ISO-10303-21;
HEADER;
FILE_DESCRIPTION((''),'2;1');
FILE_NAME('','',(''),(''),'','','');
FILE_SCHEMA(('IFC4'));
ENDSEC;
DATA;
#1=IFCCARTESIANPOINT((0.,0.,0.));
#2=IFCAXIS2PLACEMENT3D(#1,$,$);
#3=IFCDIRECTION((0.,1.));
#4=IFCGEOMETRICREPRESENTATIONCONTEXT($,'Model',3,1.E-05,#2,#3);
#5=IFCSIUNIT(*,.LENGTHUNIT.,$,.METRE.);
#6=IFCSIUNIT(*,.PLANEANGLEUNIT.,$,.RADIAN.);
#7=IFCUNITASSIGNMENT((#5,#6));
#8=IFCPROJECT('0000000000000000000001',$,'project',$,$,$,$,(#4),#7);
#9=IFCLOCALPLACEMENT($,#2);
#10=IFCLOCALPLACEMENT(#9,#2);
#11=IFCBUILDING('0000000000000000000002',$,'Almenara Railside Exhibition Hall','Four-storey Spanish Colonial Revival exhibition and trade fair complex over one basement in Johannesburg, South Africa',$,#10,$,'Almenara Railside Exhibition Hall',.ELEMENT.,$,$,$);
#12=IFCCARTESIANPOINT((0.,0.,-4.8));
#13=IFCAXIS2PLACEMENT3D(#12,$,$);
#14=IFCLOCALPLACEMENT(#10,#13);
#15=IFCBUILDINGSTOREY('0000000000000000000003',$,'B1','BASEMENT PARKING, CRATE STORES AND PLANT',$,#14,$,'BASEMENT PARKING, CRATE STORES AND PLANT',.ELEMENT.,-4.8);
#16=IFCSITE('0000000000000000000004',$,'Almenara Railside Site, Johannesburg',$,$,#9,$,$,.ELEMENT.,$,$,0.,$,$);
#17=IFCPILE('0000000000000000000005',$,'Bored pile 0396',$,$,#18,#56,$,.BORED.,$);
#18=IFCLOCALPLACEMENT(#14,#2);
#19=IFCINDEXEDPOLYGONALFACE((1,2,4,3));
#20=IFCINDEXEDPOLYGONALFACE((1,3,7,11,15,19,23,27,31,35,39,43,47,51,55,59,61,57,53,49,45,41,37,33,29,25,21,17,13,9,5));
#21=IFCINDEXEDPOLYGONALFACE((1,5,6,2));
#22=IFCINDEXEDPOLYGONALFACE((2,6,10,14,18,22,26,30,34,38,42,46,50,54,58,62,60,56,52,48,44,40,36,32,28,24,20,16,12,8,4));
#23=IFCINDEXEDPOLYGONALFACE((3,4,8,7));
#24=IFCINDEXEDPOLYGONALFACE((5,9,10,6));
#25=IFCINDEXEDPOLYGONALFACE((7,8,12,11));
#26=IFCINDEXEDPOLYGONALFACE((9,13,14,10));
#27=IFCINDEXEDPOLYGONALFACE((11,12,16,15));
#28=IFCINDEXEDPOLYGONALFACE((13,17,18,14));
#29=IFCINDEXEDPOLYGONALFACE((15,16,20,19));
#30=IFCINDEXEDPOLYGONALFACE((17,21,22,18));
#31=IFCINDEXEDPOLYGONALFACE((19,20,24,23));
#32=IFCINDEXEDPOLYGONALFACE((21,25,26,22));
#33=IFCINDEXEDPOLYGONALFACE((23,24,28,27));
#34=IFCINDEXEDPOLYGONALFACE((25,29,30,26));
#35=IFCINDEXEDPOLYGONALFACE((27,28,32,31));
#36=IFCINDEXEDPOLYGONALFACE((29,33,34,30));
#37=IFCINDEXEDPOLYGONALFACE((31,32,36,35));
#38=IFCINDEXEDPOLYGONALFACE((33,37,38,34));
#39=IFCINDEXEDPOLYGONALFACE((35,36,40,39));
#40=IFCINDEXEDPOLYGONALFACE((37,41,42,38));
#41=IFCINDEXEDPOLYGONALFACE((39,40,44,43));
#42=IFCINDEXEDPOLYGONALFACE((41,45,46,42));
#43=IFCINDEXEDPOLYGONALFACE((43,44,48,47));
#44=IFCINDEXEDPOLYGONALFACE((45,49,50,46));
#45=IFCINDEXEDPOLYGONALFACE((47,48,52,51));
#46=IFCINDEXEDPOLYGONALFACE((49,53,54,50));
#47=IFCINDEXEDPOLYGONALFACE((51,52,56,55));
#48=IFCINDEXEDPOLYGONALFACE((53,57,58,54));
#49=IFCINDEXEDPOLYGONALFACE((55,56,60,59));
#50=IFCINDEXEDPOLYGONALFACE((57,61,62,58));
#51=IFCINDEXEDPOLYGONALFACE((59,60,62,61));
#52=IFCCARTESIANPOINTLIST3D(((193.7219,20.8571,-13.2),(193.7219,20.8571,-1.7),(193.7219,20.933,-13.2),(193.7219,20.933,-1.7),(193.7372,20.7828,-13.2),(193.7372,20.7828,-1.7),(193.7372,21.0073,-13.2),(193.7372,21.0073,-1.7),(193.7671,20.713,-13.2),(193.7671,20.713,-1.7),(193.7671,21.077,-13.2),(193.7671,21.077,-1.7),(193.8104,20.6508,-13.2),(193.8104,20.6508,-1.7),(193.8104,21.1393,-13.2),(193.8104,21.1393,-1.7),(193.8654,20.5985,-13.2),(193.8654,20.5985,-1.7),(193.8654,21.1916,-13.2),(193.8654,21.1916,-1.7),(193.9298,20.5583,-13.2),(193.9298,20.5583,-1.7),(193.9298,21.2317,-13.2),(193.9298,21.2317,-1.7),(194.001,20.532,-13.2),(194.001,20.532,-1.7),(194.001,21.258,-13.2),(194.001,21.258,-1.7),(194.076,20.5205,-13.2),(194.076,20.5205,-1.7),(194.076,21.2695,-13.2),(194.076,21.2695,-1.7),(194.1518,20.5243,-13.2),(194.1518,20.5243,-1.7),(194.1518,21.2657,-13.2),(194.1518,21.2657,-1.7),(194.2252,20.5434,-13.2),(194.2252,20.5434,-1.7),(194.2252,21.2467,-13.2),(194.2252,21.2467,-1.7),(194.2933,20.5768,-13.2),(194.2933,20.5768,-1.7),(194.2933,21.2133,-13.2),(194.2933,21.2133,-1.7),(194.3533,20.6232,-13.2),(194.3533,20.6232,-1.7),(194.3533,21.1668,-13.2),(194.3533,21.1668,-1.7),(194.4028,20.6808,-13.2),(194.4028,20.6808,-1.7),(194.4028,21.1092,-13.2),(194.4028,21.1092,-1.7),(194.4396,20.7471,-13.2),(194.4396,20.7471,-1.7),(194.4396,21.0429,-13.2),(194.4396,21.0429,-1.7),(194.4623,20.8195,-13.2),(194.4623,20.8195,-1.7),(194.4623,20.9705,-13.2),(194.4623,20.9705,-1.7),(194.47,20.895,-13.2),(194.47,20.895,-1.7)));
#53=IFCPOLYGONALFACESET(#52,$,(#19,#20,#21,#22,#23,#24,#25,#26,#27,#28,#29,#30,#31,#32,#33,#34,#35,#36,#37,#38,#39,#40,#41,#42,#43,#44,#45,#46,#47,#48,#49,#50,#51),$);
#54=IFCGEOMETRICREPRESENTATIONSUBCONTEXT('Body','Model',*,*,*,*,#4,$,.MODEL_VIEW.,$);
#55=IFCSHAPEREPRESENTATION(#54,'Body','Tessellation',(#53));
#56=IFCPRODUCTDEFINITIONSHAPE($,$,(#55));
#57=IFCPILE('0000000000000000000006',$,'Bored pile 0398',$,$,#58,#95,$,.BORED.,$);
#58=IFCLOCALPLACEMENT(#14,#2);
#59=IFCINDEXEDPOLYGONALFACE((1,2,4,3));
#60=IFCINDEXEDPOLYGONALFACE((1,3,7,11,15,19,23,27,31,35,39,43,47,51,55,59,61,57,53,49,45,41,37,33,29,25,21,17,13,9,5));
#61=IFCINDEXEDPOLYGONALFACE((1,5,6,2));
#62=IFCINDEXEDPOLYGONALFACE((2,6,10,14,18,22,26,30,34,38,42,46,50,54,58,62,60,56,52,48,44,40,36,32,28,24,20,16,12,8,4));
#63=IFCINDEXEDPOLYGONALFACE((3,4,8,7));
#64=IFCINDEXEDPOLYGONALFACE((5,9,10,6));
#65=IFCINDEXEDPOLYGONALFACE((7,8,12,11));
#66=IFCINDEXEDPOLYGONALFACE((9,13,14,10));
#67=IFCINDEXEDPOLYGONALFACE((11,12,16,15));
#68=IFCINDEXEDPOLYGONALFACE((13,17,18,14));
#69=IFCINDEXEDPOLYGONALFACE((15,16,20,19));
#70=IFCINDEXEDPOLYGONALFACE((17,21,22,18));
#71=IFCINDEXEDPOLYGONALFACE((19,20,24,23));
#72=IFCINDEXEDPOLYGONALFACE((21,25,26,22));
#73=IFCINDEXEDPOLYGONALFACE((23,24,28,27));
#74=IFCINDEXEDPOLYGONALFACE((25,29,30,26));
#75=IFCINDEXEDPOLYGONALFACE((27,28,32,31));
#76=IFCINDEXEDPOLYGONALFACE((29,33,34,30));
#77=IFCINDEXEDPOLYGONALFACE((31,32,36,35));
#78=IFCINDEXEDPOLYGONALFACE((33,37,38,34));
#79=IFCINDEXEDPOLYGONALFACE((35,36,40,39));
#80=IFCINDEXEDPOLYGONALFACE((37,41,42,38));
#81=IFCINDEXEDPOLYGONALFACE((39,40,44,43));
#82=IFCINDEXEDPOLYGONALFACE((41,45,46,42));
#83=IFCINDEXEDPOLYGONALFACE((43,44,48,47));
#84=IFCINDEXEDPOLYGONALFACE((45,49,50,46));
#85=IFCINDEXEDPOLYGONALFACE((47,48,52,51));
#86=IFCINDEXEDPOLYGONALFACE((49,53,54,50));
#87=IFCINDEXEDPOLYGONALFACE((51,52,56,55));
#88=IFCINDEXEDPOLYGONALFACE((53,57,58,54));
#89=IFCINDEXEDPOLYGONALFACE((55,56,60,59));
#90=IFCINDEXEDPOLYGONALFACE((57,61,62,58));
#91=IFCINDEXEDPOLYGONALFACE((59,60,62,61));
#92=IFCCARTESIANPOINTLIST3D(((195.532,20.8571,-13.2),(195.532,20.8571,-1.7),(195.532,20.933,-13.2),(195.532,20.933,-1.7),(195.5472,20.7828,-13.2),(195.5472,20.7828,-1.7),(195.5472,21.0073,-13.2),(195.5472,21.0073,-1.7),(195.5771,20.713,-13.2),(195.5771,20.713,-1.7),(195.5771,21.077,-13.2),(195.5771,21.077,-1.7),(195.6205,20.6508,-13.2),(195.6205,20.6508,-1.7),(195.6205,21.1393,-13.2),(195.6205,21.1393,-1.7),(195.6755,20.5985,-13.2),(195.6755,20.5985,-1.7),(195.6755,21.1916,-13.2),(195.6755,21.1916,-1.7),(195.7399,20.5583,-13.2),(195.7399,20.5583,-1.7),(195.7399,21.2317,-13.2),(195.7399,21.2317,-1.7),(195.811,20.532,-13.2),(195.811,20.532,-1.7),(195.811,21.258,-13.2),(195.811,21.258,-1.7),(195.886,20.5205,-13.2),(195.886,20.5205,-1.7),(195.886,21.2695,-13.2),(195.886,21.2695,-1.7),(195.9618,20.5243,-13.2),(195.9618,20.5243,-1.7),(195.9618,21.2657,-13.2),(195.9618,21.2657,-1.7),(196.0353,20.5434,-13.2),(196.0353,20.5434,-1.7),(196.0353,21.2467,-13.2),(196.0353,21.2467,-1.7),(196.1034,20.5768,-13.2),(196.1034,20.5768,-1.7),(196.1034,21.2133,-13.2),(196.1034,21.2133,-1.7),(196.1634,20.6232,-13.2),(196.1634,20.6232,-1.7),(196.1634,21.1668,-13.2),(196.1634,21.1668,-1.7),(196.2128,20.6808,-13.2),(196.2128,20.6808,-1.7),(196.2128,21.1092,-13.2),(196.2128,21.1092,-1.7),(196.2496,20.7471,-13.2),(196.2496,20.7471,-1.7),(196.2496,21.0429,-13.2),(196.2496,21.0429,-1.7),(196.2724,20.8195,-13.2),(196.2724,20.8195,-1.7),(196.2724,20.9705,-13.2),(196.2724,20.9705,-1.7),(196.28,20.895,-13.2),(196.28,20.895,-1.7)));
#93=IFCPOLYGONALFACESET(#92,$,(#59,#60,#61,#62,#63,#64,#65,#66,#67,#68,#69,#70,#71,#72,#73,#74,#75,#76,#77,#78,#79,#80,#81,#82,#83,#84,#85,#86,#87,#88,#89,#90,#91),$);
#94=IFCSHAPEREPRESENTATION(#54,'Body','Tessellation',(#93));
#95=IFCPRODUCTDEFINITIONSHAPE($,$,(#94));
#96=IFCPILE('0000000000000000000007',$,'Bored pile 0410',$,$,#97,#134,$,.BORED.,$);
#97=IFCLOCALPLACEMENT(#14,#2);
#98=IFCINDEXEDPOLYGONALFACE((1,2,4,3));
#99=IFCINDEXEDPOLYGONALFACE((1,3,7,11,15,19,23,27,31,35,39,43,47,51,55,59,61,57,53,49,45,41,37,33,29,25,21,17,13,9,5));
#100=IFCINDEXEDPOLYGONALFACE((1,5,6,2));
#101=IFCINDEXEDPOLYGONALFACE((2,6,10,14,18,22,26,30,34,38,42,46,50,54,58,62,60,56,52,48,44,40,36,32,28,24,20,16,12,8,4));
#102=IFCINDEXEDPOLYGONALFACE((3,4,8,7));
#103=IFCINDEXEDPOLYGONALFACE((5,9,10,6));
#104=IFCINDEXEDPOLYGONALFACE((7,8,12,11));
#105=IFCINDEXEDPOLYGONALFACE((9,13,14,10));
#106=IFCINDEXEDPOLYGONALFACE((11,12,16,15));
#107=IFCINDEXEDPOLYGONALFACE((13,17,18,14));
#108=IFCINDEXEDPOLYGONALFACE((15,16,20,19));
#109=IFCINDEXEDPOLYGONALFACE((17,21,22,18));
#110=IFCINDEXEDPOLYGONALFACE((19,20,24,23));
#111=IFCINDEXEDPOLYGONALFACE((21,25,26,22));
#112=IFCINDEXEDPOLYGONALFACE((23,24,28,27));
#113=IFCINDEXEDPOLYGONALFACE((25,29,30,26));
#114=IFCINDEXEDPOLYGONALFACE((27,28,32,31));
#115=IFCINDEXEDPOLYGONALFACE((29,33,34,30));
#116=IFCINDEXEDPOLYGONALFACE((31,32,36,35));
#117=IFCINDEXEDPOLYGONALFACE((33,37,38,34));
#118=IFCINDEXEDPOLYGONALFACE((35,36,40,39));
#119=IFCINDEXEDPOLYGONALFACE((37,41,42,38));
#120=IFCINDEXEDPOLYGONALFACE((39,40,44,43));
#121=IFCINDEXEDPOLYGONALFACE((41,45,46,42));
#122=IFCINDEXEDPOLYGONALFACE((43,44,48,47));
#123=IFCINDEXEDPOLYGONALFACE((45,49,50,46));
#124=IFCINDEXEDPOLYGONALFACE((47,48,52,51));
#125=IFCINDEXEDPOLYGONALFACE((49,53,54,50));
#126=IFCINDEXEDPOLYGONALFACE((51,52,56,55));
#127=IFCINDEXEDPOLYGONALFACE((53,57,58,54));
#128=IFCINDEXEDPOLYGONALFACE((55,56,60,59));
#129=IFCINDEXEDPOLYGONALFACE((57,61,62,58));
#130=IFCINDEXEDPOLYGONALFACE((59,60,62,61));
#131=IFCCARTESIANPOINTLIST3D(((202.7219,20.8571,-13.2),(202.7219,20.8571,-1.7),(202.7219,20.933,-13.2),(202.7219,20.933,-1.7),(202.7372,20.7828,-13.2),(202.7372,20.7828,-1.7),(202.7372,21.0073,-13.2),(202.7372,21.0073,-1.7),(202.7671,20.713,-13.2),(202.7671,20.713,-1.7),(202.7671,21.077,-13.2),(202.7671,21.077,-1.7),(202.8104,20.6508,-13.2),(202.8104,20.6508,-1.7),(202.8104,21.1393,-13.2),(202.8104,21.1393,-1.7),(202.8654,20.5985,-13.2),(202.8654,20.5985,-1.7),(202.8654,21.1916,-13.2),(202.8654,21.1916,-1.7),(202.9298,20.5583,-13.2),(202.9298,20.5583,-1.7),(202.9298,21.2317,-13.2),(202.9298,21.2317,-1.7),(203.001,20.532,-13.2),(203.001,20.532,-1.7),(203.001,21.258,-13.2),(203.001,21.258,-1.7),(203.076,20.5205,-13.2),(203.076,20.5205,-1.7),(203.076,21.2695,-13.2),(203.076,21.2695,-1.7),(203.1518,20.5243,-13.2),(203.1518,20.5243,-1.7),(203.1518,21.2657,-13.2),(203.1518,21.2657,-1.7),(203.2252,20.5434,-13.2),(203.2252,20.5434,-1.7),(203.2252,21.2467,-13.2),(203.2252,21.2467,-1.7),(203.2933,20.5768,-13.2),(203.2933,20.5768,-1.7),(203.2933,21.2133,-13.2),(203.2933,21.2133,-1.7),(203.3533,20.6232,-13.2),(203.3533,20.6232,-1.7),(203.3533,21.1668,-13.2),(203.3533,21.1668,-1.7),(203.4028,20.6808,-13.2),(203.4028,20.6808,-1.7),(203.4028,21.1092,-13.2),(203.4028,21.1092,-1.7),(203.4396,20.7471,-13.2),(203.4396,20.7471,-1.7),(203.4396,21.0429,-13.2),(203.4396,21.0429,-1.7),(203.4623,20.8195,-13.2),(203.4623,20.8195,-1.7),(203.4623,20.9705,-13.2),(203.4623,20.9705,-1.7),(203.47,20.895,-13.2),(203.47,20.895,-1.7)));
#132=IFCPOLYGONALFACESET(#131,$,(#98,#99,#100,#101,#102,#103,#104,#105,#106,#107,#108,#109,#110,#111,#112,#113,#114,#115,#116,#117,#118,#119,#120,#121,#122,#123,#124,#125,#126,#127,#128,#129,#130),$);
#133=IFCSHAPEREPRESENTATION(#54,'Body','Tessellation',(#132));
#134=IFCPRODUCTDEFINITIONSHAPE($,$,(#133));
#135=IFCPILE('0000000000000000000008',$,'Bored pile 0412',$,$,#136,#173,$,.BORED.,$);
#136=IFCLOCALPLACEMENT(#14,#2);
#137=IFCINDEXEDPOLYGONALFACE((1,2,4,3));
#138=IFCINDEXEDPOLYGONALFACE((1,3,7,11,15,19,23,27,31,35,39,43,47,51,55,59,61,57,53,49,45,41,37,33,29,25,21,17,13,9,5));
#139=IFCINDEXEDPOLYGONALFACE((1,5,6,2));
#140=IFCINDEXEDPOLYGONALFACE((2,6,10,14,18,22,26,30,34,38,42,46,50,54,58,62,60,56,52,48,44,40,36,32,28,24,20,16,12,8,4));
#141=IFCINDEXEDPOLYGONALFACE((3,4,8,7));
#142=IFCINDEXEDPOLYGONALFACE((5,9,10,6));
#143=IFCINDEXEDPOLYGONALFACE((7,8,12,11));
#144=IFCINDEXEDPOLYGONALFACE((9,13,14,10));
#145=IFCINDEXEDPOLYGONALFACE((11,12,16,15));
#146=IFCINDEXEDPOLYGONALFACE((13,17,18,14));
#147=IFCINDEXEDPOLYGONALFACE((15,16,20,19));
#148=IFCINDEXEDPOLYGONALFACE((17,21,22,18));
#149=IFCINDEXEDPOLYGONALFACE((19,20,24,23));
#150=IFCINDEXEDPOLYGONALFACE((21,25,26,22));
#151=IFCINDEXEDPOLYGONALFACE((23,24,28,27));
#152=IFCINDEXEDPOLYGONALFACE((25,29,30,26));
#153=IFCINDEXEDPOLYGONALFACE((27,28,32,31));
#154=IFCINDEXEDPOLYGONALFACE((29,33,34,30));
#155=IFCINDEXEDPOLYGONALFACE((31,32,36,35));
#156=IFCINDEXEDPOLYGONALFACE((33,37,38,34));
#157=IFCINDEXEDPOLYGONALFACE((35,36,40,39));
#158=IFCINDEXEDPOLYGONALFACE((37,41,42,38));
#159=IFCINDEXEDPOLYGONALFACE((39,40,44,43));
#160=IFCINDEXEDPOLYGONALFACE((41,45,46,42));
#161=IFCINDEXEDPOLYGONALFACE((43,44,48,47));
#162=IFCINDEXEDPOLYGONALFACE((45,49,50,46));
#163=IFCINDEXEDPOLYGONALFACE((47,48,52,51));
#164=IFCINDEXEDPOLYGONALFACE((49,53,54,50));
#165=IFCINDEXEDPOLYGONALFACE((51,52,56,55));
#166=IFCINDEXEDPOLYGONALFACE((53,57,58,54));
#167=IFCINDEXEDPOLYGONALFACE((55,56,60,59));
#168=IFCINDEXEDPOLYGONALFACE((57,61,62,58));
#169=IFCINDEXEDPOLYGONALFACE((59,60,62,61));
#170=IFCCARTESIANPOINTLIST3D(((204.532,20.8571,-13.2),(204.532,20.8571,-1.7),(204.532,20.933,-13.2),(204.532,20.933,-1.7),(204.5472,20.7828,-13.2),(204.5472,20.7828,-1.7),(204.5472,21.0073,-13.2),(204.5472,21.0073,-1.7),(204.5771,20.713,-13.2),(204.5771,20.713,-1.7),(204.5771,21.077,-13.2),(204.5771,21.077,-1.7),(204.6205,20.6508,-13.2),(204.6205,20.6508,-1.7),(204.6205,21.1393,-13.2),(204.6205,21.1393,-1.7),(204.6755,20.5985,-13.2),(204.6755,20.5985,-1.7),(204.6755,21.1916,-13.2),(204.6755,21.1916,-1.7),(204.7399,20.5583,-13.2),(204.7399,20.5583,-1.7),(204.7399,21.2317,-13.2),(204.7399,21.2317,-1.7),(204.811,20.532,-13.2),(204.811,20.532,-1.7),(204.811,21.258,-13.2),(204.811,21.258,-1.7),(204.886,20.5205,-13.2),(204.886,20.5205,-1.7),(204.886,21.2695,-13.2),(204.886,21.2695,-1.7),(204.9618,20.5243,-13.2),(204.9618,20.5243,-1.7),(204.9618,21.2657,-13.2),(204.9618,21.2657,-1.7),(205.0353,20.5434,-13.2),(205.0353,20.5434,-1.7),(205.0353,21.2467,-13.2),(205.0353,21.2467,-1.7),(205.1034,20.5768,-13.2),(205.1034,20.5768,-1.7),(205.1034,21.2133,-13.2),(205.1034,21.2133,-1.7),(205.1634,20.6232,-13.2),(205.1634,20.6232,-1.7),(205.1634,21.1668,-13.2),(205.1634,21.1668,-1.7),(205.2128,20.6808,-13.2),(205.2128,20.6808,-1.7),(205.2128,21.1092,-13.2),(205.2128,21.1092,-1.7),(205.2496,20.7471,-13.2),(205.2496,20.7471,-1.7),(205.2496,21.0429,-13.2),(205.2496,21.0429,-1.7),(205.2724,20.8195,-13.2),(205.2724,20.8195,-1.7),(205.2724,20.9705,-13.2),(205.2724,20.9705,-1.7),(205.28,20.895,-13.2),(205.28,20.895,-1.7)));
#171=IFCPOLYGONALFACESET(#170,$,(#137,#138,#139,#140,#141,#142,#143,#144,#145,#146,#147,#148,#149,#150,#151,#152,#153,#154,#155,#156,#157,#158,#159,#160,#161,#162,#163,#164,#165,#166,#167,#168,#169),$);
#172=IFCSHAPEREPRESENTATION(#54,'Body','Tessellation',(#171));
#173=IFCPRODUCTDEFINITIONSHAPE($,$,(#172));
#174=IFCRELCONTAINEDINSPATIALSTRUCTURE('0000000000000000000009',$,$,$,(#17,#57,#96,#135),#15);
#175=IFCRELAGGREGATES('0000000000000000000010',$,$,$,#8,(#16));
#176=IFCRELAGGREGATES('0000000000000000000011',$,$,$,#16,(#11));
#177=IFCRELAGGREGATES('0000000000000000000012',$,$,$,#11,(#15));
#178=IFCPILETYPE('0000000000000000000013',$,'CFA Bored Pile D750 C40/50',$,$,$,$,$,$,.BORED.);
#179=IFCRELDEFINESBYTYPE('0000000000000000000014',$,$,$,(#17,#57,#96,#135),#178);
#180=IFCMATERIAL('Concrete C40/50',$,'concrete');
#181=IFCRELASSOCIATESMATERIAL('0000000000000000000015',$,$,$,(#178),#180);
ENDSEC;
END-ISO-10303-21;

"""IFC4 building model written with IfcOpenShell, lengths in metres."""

from ifc_helpers import new_model, si_unit, direction, frame, origin, origin_2d, place, context, subcontext, project, spatial, circle, extrude, material, material_profile, profile_set, type_object, element, save


model = new_model("IFC4")

# Units and contexts
model_context = context("Model", 3, precision=1e-05, world=origin(), true_north=direction((0.0, 1.0)))
body_context = subcontext(model_context, "Body", "Model", "MODEL_VIEW")
ifc_project = project(units=[si_unit("LENGTHUNIT", "METRE"), si_unit("PLANEANGLEUNIT", "RADIAN")], contexts=[model_context])

# Site, building, storey
site_placement = place(None, origin())
site = spatial("IfcSite", under=ifc_project, at=site_placement, Name="Almenara Railside Site, Johannesburg", CompositionType="ELEMENT", RefElevation=0.0)
building_placement = place(site_placement, origin())
building = spatial("IfcBuilding", under=site, at=building_placement, Name="Almenara Railside Exhibition Hall", Description="Four-storey Spanish Colonial Revival exhibition and trade fair complex over one basement in Johannesburg, South Africa", LongName="Almenara Railside Exhibition Hall", CompositionType="ELEMENT")
storey_placement = place(building_placement, frame((0.0, 0.0, -4.8)))
storey = spatial("IfcBuildingStorey", under=building, at=storey_placement, Name="B1", Description="BASEMENT PARKING, CRATE STORES AND PLANT", LongName="BASEMENT PARKING, CRATE STORES AND PLANT", CompositionType="ELEMENT", Elevation=-4.8)

# Piles
ifc_material_1 = material(Name="Concrete C40/50", Category="concrete")
ifc_material_profile_1 = material_profile(ifc_material_1, circle(Radius=0.375, at=origin_2d()), Name="CFA-PILE D750")
ifc_profile_set_1 = profile_set([ifc_material_profile_1], Name="Concrete C40/50")
pile_type_1 = type_object("IfcPileType", Name="CFA Bored Pile D750 C40/50", PredefinedType="BORED", material=ifc_profile_set_1)
for number, where, z_axis, x_axis, name in (
    (1, (194.095, 20.895, -1.7), (0.0, 0.0, -1.0), (1.0, 0.0, 0.0), "Bored pile 0396"),
    (2, (195.905, 20.895, -1.7), (0.0, 0.0, -1.0), (1.0, 0.0, 0.0), "Bored pile 0398"),
    (3, (203.095, 20.895, -1.7), (0.0, 0.0, -1.0), (1.0, 0.0, 0.0), "Bored pile 0410"),
    (4, (204.905, 20.895, -1.7), (0.0, 0.0, -1.0), (1.0, 0.0, 0.0), "Bored pile 0412"),
):
    element("IfcPile", number, at=place(storey_placement, frame(where, z_axis=z_axis, x_axis=x_axis)), inside=storey, type_object=pile_type_1, Name=name, PredefinedType="BORED", context=body_context, shape_type="SweptSolid", body=[
        extrude(circle(Radius=0.375, at=origin_2d()), origin(), (0.0, 0.0, 1.0), 11.5),
    ])

save(model, "model.ifc")
